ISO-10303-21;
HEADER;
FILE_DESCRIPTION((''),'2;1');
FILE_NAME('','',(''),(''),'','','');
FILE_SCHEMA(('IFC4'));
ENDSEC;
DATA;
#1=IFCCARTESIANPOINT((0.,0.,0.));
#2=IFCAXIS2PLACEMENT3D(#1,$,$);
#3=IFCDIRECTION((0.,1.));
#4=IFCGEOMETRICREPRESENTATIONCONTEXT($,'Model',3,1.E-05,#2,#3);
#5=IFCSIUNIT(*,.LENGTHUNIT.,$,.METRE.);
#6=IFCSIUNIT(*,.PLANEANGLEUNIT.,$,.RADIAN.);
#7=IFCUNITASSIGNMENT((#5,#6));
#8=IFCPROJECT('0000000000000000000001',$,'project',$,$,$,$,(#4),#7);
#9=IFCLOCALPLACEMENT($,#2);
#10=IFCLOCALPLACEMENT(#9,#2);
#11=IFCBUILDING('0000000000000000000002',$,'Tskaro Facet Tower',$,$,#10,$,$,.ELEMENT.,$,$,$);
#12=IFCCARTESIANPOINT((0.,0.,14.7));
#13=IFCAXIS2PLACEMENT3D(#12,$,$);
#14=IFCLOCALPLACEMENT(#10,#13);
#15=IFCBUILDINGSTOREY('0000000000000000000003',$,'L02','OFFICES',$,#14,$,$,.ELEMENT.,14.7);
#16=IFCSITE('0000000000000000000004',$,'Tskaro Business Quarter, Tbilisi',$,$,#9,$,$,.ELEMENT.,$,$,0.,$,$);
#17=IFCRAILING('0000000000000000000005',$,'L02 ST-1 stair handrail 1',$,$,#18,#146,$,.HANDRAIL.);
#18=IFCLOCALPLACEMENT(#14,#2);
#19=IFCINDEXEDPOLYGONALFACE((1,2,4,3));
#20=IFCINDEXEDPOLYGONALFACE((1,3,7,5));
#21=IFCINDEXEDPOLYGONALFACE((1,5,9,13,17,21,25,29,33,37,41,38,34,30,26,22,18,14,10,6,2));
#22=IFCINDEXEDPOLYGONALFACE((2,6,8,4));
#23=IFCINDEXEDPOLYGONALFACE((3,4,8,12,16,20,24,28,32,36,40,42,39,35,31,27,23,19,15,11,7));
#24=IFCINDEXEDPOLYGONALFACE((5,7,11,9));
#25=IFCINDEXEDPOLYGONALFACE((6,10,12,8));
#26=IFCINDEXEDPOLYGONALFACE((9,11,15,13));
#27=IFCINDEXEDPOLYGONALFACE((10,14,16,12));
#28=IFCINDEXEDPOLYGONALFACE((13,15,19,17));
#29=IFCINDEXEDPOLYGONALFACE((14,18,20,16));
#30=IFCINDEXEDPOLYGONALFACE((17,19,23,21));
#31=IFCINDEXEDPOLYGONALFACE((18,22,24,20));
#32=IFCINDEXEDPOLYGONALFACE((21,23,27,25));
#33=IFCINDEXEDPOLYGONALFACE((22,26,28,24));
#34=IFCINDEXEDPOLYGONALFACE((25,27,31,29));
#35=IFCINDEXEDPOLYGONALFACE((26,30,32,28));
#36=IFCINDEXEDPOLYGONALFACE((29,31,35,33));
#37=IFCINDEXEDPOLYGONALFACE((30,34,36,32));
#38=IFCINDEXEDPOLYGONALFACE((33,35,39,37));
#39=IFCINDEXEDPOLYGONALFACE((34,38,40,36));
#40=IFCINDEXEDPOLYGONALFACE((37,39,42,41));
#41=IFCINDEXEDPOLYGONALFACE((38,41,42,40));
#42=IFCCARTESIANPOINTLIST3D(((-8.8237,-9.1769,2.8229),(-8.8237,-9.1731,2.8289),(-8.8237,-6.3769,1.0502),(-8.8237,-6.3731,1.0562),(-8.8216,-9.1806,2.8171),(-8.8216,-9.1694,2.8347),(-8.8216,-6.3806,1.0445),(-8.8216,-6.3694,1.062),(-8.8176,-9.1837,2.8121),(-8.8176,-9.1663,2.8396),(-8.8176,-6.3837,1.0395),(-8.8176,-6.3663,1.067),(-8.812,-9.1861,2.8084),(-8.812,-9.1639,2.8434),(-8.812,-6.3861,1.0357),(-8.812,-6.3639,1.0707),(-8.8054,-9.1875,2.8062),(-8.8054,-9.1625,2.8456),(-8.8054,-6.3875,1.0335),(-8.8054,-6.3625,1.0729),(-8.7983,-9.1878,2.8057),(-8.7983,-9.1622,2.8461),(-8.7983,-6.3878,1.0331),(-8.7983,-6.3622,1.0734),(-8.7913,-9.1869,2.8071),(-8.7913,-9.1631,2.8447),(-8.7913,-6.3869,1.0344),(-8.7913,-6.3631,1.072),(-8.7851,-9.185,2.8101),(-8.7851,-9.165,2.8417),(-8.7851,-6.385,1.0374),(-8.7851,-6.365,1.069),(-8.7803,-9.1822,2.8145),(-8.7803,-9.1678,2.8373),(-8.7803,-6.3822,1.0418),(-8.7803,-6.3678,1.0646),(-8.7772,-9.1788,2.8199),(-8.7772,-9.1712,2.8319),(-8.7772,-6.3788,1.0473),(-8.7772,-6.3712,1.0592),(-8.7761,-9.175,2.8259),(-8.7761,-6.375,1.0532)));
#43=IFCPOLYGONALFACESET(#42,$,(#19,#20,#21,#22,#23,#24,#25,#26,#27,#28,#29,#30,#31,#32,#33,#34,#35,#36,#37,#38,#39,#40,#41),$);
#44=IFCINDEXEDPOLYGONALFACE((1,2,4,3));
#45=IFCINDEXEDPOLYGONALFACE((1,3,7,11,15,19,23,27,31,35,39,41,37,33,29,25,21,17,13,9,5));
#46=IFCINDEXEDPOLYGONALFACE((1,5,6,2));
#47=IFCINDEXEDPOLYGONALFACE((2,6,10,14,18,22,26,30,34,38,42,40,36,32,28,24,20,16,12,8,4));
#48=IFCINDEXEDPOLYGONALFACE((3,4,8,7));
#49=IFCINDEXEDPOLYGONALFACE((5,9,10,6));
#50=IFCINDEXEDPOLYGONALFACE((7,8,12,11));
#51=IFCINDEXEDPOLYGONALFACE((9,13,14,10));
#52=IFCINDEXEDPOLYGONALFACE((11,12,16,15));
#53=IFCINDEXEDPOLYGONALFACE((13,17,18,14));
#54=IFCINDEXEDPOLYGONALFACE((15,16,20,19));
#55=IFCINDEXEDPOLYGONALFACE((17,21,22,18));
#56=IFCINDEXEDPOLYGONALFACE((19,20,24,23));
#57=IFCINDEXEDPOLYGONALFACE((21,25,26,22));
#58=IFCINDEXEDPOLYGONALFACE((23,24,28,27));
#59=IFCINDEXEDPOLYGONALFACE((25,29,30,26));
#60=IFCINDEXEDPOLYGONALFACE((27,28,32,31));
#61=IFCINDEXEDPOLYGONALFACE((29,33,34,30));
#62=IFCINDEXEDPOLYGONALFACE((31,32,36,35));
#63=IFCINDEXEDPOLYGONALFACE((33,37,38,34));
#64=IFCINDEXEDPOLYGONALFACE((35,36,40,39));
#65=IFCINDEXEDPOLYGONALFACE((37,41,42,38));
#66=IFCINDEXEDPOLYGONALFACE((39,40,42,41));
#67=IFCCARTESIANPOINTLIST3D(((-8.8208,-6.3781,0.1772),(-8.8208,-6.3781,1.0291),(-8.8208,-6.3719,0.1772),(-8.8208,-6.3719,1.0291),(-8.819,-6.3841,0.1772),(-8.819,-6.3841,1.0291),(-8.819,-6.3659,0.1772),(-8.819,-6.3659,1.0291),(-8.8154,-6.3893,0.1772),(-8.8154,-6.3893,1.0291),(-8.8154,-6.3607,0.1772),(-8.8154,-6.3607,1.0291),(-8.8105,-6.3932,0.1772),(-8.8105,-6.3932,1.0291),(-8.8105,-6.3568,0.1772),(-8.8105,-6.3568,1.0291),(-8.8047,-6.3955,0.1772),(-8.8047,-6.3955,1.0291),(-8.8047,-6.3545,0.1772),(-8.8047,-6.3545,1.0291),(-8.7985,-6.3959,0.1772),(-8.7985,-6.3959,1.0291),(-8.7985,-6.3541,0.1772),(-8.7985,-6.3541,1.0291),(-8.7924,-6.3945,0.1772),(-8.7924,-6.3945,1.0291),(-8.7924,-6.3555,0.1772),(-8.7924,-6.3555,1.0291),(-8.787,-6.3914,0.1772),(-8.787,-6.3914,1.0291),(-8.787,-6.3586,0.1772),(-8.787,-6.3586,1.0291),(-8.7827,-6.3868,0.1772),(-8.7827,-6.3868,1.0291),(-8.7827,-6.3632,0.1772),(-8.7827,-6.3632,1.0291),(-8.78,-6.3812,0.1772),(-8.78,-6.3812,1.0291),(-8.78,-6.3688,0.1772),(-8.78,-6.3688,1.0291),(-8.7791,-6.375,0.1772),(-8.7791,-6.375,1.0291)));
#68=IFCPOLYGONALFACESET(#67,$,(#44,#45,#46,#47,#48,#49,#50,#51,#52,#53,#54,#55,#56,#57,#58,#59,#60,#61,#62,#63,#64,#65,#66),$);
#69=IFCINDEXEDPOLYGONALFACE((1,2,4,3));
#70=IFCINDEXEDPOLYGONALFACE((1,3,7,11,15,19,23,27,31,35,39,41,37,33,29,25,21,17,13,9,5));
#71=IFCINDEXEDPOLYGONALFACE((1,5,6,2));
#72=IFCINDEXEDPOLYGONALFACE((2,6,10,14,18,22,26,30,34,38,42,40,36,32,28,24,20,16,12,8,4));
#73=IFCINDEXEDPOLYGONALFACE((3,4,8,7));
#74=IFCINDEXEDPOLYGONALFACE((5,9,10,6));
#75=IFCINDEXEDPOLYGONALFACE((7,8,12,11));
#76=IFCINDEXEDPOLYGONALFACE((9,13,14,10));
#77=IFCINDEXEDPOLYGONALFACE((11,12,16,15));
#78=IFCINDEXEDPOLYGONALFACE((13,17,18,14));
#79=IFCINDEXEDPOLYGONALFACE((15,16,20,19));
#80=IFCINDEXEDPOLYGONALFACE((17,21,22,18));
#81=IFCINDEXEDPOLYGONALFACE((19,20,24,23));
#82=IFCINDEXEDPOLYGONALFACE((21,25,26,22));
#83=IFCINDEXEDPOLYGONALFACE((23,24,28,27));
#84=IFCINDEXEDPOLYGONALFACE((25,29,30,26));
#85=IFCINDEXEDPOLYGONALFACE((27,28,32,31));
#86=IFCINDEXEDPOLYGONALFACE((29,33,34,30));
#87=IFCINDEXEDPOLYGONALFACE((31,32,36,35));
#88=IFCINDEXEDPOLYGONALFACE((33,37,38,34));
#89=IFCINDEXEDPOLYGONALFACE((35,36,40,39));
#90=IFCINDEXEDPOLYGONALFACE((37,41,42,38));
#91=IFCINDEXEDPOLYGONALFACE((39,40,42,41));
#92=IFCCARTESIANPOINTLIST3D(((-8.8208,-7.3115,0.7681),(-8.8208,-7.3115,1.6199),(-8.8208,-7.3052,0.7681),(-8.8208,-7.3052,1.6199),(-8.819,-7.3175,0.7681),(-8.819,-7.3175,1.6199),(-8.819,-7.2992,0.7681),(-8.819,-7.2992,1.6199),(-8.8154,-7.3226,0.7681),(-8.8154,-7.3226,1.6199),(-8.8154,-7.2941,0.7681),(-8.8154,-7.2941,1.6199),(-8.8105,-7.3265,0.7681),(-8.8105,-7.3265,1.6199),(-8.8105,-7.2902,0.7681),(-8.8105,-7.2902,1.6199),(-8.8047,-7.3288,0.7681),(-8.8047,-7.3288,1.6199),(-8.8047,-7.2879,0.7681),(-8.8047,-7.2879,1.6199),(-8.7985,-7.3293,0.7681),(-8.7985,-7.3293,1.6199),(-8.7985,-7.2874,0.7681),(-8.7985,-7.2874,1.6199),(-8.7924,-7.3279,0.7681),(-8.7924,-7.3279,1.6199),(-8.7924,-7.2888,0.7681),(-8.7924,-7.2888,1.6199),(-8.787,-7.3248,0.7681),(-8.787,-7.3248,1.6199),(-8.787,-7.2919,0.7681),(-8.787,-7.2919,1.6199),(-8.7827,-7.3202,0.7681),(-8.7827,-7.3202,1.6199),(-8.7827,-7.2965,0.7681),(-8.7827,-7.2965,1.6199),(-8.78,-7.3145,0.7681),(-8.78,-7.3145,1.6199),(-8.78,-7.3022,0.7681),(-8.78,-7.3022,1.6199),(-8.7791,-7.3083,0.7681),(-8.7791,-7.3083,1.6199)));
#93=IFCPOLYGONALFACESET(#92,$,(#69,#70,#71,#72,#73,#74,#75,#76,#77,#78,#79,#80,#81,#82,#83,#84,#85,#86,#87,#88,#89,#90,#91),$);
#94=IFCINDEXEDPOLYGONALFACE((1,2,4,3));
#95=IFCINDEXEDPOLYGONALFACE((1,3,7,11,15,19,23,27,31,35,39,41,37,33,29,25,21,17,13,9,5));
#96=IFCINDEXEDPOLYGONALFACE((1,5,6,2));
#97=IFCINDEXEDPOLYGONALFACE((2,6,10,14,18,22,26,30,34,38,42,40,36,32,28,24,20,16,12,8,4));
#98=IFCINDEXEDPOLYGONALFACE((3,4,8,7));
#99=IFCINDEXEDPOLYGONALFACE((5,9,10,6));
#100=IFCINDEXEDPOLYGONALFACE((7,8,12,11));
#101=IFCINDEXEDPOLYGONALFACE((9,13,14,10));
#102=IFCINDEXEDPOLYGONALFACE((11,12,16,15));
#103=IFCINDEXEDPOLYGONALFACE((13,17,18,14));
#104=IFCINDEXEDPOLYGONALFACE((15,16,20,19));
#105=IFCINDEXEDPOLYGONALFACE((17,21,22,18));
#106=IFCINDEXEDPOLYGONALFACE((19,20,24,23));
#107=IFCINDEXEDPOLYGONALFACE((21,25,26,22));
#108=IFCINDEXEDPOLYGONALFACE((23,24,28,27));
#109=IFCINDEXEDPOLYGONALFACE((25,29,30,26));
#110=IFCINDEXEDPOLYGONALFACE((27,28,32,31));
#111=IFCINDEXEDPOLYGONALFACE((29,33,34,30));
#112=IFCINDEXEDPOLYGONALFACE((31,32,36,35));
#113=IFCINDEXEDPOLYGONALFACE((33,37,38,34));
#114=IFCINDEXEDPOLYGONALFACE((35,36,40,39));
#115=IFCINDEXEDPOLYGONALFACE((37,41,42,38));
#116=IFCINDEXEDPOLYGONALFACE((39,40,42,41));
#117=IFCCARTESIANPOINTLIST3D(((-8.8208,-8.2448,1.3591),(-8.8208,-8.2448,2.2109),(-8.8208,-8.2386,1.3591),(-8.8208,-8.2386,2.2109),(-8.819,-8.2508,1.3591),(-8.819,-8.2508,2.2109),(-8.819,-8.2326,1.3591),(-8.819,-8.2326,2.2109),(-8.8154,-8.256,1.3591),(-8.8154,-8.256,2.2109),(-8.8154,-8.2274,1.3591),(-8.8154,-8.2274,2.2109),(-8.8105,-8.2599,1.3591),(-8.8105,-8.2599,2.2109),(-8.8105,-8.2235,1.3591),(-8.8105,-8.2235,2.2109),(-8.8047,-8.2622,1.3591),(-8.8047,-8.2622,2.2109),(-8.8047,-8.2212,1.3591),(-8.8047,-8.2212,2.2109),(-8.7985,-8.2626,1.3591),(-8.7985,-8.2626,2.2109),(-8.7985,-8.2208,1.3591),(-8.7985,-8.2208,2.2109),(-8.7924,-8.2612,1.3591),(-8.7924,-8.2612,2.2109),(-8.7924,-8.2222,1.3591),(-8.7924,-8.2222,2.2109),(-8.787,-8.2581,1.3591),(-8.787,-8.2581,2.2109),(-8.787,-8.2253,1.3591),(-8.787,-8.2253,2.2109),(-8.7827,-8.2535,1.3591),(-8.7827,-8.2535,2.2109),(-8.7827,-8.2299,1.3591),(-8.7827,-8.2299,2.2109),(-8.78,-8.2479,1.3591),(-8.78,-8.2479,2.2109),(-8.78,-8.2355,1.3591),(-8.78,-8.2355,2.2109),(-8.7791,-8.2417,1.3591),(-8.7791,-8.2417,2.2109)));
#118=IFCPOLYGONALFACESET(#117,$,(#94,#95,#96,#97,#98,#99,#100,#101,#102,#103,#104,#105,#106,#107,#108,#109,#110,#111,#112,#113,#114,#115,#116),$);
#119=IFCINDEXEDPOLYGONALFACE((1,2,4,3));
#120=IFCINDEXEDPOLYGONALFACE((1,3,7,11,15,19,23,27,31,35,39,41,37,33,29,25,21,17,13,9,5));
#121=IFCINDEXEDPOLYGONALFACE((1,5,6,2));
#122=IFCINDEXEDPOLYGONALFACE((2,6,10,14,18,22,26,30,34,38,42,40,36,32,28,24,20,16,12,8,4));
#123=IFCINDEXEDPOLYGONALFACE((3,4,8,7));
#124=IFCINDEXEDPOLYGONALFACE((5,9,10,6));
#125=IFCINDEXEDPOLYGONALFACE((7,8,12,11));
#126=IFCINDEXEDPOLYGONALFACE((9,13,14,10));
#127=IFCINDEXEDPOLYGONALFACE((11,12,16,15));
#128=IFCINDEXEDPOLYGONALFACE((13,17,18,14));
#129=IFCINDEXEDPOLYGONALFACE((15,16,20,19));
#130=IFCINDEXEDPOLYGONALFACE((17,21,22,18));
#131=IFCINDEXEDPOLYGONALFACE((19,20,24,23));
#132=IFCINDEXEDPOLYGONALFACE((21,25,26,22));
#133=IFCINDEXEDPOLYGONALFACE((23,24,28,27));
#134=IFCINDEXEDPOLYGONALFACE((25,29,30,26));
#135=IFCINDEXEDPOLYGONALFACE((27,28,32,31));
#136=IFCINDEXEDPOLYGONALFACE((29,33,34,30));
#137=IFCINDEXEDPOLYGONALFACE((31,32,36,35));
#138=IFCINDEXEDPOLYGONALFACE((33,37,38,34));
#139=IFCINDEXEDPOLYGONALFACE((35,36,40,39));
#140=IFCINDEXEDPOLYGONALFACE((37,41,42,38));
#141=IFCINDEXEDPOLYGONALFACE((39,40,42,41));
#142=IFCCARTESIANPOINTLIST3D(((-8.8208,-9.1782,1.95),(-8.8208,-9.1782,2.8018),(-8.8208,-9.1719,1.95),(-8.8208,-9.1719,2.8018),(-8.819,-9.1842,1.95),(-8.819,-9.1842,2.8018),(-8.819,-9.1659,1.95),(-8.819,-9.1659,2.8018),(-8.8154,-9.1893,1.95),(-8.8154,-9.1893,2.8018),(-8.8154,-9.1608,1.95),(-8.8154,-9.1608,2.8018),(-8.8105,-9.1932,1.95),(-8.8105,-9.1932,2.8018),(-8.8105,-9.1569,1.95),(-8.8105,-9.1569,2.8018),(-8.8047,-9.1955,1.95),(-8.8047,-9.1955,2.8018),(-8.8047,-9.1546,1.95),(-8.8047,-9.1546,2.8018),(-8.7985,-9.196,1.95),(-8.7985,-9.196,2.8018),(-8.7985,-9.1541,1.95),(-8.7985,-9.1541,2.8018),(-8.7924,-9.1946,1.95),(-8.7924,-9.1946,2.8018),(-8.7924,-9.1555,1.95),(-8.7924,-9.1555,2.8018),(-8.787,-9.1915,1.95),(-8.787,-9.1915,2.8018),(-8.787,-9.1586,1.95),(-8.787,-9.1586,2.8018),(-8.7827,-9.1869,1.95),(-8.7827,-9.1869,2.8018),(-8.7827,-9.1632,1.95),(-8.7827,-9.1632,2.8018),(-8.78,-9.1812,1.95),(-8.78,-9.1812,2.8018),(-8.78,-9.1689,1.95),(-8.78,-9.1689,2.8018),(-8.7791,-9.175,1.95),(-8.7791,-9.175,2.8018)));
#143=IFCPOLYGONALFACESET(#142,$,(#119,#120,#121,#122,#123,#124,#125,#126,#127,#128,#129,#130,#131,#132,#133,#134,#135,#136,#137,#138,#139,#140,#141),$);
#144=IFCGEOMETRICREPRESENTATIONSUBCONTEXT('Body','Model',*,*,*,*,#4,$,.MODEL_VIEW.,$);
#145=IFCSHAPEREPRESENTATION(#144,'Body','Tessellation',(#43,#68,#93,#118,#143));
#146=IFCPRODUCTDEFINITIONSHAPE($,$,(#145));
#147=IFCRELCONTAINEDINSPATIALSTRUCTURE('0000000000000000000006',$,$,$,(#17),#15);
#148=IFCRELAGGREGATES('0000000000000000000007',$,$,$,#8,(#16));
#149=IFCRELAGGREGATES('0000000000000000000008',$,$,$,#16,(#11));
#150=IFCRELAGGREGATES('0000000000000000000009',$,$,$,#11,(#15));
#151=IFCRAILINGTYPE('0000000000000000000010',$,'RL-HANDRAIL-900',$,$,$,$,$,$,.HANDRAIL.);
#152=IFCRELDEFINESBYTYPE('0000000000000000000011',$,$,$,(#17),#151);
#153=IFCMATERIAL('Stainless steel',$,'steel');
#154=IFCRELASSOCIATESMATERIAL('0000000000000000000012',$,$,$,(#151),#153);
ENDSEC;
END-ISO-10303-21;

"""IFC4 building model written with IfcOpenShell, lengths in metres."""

from ifc_helpers import new_model, si_unit, direction, frame, origin, origin_2d, place, context, subcontext, project, spatial, circle, extrude, material, type_object, element, save


model = new_model("IFC4")

# Units and contexts
model_context = context("Model", 3, precision=1e-05, world=origin(), true_north=direction((0.0, 1.0)))
body_context = subcontext(model_context, "Body", "Model", "MODEL_VIEW")
ifc_project = project(units=[si_unit("LENGTHUNIT", "METRE"), si_unit("PLANEANGLEUNIT", "RADIAN")], contexts=[model_context])

# Site, building, storey
site_placement = place(None, origin())
site = spatial("IfcSite", under=ifc_project, at=site_placement, Name="Tskaro Business Quarter, Tbilisi", CompositionType="ELEMENT", RefElevation=0.0)
building_placement = place(site_placement, origin())
building = spatial("IfcBuilding", under=site, at=building_placement, Name="Tskaro Facet Tower", CompositionType="ELEMENT")
storey_placement = place(building_placement, frame((0.0, 0.0, 14.7)))
storey = spatial("IfcBuildingStorey", under=building, at=storey_placement, Name="L02", Description="OFFICES", CompositionType="ELEMENT", Elevation=14.7)

# Shared definitions
ifc_material_1 = material(Name="Stainless steel", Category="steel")

# Railing
railing_type_1 = type_object("IfcRailingType", Name="RL-HANDRAIL-900", PredefinedType="HANDRAIL", material=ifc_material_1)
railing_1_placement = place(storey_placement, frame((-8.8, -6.375, 0.1772)))
element("IfcRailing", 1, at=railing_1_placement, inside=storey, type_object=railing_type_1, Name="L02 ST-1 stair handrail 1", PredefinedType="HANDRAIL", context=body_context, shape_type="SweptSolid", body=[
    extrude(circle(Radius=0.0239, at=origin_2d()), frame((0.0, 0.0, 0.876), z_axis=(0.0, -0.844909, 0.53491), x_axis=(1.0, 0.0, 0.0)), (0.0, 0.0, 1.0), 3.314),
    extrude(circle(Radius=0.021, at=origin_2d()), origin(), (0.0, 0.0, 1.0), 0.8518),
    extrude(circle(Radius=0.021, at=origin_2d()), frame((0.0, -0.9333, 0.5908)), (0.0, 0.0, 1.0), 0.8518),
    extrude(circle(Radius=0.021, at=origin_2d()), frame((0.0, -1.8667, 1.1819)), (0.0, 0.0, 1.0), 0.8518),
    extrude(circle(Radius=0.021, at=origin_2d()), frame((0.0, -2.8, 1.7727)), (0.0, 0.0, 1.0), 0.8518),
])

save(model, "model.ifc")
